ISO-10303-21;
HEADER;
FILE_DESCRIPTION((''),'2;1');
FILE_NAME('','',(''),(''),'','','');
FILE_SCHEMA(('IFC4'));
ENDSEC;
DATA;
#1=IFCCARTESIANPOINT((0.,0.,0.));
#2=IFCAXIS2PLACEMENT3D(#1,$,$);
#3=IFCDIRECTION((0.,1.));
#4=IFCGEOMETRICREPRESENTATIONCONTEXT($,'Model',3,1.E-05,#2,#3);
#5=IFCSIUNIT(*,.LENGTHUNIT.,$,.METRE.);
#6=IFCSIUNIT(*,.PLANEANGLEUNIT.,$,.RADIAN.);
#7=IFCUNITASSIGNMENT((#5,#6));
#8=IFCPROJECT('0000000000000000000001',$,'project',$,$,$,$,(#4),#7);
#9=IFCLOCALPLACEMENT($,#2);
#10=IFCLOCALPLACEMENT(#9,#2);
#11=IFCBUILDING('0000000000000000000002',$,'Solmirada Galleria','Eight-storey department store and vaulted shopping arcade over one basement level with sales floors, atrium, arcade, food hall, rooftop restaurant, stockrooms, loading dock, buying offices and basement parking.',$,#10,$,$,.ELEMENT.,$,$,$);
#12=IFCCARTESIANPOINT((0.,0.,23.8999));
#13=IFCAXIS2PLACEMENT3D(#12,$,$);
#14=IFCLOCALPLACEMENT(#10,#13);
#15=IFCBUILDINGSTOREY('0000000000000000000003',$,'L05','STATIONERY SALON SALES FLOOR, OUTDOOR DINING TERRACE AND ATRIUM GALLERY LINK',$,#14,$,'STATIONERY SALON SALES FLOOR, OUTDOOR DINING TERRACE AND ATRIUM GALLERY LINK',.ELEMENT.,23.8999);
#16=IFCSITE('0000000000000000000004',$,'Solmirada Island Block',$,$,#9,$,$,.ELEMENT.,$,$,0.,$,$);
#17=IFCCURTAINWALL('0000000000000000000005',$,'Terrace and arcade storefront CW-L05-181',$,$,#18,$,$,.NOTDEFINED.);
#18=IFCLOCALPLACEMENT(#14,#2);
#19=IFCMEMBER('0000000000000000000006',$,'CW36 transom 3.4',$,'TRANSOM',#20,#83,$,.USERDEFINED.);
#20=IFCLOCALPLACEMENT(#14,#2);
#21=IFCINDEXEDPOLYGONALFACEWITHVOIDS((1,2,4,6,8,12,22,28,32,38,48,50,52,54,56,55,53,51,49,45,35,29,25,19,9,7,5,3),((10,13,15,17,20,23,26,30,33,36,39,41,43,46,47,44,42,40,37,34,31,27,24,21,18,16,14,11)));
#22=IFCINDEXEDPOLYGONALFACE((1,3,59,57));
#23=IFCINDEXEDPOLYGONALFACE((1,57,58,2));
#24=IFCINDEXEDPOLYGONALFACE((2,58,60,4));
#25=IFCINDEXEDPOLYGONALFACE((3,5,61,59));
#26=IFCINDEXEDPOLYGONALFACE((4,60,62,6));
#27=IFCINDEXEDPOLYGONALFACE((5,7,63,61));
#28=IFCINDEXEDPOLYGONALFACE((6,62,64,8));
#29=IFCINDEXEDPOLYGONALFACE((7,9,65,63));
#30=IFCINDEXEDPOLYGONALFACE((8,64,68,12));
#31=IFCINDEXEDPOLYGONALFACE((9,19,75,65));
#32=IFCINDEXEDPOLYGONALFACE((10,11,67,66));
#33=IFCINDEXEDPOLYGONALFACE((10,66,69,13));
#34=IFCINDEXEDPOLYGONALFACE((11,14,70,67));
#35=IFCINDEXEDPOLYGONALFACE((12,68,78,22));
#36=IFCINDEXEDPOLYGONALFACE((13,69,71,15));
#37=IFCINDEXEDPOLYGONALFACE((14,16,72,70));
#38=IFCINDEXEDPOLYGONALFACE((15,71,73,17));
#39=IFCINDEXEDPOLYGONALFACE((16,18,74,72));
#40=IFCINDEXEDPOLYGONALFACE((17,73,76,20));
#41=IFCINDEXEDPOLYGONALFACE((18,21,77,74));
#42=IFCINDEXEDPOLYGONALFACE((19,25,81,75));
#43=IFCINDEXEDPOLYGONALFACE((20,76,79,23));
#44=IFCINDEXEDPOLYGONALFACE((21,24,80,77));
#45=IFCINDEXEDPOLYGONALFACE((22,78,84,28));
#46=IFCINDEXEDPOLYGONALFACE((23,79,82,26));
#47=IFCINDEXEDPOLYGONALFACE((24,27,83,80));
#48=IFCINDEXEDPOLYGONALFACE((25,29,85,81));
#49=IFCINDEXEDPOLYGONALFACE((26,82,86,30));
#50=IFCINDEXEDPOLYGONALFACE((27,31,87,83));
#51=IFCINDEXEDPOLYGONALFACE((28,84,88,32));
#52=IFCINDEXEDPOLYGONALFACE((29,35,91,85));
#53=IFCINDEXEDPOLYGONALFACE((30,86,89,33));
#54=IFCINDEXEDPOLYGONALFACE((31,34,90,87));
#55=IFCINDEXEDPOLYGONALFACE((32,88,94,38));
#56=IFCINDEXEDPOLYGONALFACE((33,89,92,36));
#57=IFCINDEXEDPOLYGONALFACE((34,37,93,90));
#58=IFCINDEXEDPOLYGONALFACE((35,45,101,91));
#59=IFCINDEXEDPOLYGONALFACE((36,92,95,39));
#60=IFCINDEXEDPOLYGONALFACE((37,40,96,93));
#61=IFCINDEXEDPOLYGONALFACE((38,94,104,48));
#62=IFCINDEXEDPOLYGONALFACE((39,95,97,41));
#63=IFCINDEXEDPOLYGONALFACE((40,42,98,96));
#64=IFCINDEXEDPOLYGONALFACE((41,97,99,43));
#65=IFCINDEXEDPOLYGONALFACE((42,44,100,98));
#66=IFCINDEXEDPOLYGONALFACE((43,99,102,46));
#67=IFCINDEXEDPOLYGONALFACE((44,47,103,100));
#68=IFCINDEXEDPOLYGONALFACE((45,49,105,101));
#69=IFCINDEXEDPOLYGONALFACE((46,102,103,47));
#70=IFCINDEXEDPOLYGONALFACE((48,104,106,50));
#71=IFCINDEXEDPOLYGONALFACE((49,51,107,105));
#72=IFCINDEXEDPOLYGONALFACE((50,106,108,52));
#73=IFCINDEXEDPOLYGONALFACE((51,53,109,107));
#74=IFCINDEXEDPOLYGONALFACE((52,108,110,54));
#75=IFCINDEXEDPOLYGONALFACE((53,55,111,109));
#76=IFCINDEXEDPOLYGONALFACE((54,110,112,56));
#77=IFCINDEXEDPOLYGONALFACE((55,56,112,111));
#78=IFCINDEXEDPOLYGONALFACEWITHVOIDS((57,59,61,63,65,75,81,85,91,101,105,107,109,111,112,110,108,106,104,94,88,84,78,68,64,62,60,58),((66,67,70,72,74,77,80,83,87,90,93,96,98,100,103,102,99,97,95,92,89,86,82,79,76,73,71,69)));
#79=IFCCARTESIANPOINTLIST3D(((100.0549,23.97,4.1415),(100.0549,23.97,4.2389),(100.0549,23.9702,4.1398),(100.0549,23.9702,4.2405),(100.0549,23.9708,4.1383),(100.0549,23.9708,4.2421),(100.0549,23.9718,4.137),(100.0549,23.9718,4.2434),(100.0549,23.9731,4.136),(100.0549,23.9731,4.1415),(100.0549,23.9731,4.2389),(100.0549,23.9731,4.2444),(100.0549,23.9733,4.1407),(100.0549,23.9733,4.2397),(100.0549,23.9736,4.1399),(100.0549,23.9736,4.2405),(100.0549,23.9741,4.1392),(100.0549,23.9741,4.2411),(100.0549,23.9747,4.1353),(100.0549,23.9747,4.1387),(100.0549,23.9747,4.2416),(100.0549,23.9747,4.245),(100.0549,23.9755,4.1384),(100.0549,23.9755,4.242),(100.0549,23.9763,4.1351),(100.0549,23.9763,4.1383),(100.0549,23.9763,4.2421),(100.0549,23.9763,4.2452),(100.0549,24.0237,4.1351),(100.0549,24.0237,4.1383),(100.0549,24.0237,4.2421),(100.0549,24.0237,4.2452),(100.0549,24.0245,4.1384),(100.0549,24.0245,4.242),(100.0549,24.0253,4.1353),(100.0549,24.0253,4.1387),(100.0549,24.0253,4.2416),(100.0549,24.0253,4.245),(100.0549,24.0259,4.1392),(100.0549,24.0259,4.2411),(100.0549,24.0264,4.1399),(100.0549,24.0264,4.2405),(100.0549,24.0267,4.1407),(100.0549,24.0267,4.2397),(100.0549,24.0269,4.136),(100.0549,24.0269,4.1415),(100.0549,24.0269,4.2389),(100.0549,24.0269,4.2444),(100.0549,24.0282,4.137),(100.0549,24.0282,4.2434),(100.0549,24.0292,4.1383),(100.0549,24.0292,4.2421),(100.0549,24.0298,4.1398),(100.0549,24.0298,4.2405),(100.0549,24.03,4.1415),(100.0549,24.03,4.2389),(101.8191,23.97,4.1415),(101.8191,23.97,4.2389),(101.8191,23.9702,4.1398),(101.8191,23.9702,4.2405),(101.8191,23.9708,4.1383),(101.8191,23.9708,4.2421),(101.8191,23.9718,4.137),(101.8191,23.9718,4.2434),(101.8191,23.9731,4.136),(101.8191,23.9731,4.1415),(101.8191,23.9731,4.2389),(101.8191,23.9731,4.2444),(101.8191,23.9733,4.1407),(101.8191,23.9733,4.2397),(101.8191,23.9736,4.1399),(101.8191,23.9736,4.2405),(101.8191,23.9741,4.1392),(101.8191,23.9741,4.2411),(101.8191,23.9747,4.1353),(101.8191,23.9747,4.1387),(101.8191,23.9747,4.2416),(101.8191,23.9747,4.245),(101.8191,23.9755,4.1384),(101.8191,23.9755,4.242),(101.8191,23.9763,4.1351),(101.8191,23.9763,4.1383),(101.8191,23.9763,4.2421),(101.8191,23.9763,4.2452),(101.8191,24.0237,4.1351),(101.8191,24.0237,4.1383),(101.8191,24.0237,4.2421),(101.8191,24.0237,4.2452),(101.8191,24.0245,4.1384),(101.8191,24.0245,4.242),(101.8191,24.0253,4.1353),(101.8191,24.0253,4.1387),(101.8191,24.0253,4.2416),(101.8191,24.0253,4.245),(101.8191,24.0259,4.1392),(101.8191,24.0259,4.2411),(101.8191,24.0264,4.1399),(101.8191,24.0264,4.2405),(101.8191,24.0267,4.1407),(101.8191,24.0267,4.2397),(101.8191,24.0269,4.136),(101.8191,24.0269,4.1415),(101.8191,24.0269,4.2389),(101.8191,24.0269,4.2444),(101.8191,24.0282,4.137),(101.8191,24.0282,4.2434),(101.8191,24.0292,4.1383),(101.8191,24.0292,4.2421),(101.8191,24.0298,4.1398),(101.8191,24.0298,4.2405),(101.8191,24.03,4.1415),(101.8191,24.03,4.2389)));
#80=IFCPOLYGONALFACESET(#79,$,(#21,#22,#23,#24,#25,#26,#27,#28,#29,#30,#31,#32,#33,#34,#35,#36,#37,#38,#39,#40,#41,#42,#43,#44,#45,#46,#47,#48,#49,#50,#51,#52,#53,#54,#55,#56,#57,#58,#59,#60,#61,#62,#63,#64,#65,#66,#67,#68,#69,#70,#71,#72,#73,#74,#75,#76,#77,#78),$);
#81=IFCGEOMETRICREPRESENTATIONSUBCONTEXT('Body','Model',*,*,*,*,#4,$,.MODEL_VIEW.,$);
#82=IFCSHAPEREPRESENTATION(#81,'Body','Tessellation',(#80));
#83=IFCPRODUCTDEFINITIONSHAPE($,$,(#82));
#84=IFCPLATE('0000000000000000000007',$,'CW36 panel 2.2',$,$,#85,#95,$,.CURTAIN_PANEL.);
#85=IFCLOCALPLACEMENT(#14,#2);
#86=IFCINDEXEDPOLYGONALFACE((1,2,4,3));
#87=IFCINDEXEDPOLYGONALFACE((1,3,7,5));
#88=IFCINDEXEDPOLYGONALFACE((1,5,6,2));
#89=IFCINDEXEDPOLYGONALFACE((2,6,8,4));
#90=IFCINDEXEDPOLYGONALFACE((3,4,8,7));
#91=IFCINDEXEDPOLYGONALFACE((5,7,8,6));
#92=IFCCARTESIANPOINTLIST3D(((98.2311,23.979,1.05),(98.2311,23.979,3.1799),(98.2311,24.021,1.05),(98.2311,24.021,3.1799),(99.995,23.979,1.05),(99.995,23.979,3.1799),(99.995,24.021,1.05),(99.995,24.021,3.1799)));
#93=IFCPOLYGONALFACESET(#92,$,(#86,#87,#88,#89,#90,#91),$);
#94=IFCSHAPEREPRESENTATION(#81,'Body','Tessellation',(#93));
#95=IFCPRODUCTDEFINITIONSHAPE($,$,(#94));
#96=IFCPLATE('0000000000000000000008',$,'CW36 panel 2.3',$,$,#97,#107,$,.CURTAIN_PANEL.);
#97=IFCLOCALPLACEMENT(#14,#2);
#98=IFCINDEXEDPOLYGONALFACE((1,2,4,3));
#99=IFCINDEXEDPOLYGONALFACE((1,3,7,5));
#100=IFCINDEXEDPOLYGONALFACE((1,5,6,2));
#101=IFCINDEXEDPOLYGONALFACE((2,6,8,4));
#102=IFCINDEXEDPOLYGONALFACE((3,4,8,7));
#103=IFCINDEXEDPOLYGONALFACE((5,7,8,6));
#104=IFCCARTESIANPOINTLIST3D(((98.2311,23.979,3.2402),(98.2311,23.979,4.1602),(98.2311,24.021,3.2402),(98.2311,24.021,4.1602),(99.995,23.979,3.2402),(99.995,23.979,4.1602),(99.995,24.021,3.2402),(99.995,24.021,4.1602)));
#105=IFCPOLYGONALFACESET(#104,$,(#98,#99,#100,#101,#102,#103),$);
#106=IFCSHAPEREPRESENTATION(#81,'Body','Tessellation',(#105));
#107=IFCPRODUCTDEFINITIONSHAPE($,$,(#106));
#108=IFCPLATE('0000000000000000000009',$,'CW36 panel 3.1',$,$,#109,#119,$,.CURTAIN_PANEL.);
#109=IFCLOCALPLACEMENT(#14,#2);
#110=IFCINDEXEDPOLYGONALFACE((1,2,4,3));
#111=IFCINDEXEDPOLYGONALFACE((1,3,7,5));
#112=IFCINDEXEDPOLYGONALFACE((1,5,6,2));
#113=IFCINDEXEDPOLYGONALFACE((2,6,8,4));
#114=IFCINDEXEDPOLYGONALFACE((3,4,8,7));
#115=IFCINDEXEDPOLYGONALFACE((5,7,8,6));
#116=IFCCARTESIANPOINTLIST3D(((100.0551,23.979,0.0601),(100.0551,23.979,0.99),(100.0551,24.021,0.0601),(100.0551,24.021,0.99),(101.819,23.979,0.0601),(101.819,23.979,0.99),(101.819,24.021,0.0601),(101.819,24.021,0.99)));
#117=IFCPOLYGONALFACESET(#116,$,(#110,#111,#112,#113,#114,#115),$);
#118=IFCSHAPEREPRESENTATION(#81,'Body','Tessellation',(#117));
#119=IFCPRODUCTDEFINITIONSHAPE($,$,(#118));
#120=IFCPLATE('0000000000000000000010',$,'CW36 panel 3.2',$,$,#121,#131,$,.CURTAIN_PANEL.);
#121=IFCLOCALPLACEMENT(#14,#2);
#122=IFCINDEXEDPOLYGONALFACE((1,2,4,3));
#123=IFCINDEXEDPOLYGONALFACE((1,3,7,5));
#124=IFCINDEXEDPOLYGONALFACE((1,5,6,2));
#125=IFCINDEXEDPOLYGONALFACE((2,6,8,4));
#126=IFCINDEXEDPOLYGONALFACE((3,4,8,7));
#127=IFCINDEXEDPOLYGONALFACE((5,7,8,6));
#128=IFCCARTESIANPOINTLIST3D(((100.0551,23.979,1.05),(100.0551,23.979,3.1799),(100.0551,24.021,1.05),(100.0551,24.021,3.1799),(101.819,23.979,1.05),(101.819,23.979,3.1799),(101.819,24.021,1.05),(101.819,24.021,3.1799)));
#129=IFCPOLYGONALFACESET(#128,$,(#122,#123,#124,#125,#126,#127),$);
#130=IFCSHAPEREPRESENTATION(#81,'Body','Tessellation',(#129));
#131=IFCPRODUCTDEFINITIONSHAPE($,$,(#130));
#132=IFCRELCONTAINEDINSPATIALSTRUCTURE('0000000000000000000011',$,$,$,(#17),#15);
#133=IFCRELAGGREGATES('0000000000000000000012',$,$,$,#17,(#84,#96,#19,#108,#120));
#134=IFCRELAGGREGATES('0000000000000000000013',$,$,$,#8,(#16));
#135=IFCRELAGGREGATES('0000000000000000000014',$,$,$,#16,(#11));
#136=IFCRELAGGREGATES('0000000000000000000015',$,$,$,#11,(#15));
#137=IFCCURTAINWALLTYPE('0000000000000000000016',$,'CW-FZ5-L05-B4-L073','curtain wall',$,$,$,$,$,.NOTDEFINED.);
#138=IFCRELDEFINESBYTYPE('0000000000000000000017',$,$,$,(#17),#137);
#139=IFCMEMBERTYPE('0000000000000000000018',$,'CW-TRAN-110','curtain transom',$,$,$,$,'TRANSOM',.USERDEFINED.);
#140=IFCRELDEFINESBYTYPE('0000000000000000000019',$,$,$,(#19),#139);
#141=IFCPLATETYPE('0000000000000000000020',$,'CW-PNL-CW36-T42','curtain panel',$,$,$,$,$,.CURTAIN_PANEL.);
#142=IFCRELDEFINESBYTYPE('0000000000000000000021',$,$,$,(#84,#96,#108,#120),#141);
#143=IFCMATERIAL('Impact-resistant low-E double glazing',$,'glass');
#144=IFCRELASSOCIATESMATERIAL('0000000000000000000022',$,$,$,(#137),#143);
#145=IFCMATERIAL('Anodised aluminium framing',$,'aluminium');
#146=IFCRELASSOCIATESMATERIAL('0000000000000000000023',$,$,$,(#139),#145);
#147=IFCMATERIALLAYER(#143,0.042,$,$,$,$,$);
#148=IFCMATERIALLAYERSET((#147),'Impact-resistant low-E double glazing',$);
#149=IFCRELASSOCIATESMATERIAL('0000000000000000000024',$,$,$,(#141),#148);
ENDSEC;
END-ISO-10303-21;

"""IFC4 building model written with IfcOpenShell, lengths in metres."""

from ifc_helpers import new_model, si_unit, direction, frame, origin, origin_2d, place, context, subcontext, project, spatial, rectangle, hollow_rectangle, extrude, material, layer, layer_set, material_profile, profile_set, type_object, element, aggregate, save


model = new_model("IFC4")

# Units and contexts
model_context = context("Model", 3, precision=1e-05, world=origin(), true_north=direction((0.0, 1.0)))
body_context = subcontext(model_context, "Body", "Model", "MODEL_VIEW")
ifc_project = project(units=[si_unit("LENGTHUNIT", "METRE"), si_unit("PLANEANGLEUNIT", "RADIAN")], contexts=[model_context])

# Site, building, storey
site_placement = place(None, origin())
site = spatial("IfcSite", under=ifc_project, at=site_placement, Name="Solmirada Island Block", CompositionType="ELEMENT", RefElevation=0.0)
building_placement = place(site_placement, origin())
building = spatial("IfcBuilding", under=site, at=building_placement, Name="Solmirada Galleria", Description="Eight-storey department store and vaulted shopping arcade over one basement level with sales floors, atrium, arcade, food hall, rooftop restaurant, stockrooms, loading dock, buying offices and basement parking.", CompositionType="ELEMENT")
storey_placement = place(building_placement, frame((0.0, 0.0, 23.8999)))
storey = spatial("IfcBuildingStorey", under=building, at=storey_placement, Name="L05", Description="STATIONERY SALON SALES FLOOR, OUTDOOR DINING TERRACE AND ATRIUM GALLERY LINK", LongName="STATIONERY SALON SALES FLOOR, OUTDOOR DINING TERRACE AND ATRIUM GALLERY LINK", CompositionType="ELEMENT", Elevation=23.8999)

# Curtain wall, member, plates
ifc_material_1 = material(Name="Impact-resistant low-E double glazing", Category="glass")
curtain_wall_type = type_object("IfcCurtainWallType", Name="CW-FZ5-L05-B4-L073", Description="curtain wall", PredefinedType="NOTDEFINED", material=ifc_material_1)
curtain_wall_placement = place(storey_placement, origin())
curtain_wall = element("IfcCurtainWall", 1, at=curtain_wall_placement, inside=storey, type_object=curtain_wall_type, Name="Terrace and arcade storefront CW-L05-181", PredefinedType="NOTDEFINED")
ifc_material_2 = material(Name="Anodised aluminium framing", Category="aluminium")
ifc_material_profile_1 = material_profile(ifc_material_2, hollow_rectangle(XDim=0.0601, YDim=0.1101, WallThickness=0.0032, InnerFilletRadius=0.0032, OuterFilletRadius=0.0063, at=origin_2d()), Name="ALU-TRAN-110X60")
ifc_profile_set_1 = profile_set([ifc_material_profile_1], Name="Anodised aluminium framing")
member_type_1 = type_object("IfcMemberType", Name="CW-TRAN-110", Description="curtain transom", ElementType="TRANSOM", PredefinedType="USERDEFINED", material=ifc_profile_set_1)
member_1_placement = place(storey_placement, frame((100.0549, 24.0, 4.1902), z_axis=(1.0, 0.0, 0.0), x_axis=(0.0, 1.0, 0.0)))
member_1 = element("IfcMember", 2, at=member_1_placement, type_object=member_type_1, Name="CW36 transom 3.4", ObjectType="TRANSOM", PredefinedType="USERDEFINED", context=body_context, shape_type="SweptSolid", body=[
    extrude(hollow_rectangle(XDim=0.0601, YDim=0.1101, WallThickness=0.0032, InnerFilletRadius=0.0032, OuterFilletRadius=0.0063, at=origin_2d()), origin(), (0.0, 0.0, 1.0), 1.7642),
])
ifc_layer = layer(ifc_material_1, 0.042)
ifc_layer_set = layer_set([ifc_layer], Name="Impact-resistant low-E double glazing")
plate_type = type_object("IfcPlateType", Name="CW-PNL-CW36-T42", Description="curtain panel", PredefinedType="CURTAIN_PANEL", material=ifc_layer_set)
plate_1_placement = place(storey_placement, frame((99.113, 24.0, 1.05), z_axis=(0.0, 0.0, 1.0), x_axis=(1.0, 0.0, 0.0)))
plate_1 = element("IfcPlate", 3, at=plate_1_placement, type_object=plate_type, Name="CW36 panel 2.2", PredefinedType="CURTAIN_PANEL", context=body_context, shape_type="SweptSolid", body=[
    extrude(rectangle(XDim=1.7639, YDim=0.042, at=origin_2d()), origin(), (0.0, 0.0, 1.0), 2.1299),
])
plate_2_placement = place(storey_placement, frame((99.113, 24.0, 3.2402), z_axis=(0.0, 0.0, 1.0), x_axis=(1.0, 0.0, 0.0)))
plate_2 = element("IfcPlate", 4, at=plate_2_placement, type_object=plate_type, Name="CW36 panel 2.3", PredefinedType="CURTAIN_PANEL", context=body_context, shape_type="SweptSolid", body=[
    extrude(rectangle(XDim=1.7639, YDim=0.042, at=origin_2d()), origin(), (0.0, 0.0, 1.0), 0.9199),
])
plate_3_placement = place(storey_placement, frame((100.937, 24.0, 0.0601), z_axis=(0.0, 0.0, 1.0), x_axis=(1.0, 0.0, 0.0)))
plate_3 = element("IfcPlate", 5, at=plate_3_placement, type_object=plate_type, Name="CW36 panel 3.1", PredefinedType="CURTAIN_PANEL", context=body_context, shape_type="SweptSolid", body=[
    extrude(rectangle(XDim=1.7639, YDim=0.042, at=origin_2d()), origin(), (0.0, 0.0, 1.0), 0.9299),
])
plate_4_placement = place(storey_placement, frame((100.937, 24.0, 1.05), z_axis=(0.0, 0.0, 1.0), x_axis=(1.0, 0.0, 0.0)))
plate_4 = element("IfcPlate", 6, at=plate_4_placement, type_object=plate_type, Name="CW36 panel 3.2", PredefinedType="CURTAIN_PANEL", context=body_context, shape_type="SweptSolid", body=[
    extrude(rectangle(XDim=1.7639, YDim=0.042, at=origin_2d()), origin(), (0.0, 0.0, 1.0), 2.1299),
])
aggregate(curtain_wall, [plate_1, plate_2, member_1, plate_3, plate_4])

save(model, "model.ifc")
